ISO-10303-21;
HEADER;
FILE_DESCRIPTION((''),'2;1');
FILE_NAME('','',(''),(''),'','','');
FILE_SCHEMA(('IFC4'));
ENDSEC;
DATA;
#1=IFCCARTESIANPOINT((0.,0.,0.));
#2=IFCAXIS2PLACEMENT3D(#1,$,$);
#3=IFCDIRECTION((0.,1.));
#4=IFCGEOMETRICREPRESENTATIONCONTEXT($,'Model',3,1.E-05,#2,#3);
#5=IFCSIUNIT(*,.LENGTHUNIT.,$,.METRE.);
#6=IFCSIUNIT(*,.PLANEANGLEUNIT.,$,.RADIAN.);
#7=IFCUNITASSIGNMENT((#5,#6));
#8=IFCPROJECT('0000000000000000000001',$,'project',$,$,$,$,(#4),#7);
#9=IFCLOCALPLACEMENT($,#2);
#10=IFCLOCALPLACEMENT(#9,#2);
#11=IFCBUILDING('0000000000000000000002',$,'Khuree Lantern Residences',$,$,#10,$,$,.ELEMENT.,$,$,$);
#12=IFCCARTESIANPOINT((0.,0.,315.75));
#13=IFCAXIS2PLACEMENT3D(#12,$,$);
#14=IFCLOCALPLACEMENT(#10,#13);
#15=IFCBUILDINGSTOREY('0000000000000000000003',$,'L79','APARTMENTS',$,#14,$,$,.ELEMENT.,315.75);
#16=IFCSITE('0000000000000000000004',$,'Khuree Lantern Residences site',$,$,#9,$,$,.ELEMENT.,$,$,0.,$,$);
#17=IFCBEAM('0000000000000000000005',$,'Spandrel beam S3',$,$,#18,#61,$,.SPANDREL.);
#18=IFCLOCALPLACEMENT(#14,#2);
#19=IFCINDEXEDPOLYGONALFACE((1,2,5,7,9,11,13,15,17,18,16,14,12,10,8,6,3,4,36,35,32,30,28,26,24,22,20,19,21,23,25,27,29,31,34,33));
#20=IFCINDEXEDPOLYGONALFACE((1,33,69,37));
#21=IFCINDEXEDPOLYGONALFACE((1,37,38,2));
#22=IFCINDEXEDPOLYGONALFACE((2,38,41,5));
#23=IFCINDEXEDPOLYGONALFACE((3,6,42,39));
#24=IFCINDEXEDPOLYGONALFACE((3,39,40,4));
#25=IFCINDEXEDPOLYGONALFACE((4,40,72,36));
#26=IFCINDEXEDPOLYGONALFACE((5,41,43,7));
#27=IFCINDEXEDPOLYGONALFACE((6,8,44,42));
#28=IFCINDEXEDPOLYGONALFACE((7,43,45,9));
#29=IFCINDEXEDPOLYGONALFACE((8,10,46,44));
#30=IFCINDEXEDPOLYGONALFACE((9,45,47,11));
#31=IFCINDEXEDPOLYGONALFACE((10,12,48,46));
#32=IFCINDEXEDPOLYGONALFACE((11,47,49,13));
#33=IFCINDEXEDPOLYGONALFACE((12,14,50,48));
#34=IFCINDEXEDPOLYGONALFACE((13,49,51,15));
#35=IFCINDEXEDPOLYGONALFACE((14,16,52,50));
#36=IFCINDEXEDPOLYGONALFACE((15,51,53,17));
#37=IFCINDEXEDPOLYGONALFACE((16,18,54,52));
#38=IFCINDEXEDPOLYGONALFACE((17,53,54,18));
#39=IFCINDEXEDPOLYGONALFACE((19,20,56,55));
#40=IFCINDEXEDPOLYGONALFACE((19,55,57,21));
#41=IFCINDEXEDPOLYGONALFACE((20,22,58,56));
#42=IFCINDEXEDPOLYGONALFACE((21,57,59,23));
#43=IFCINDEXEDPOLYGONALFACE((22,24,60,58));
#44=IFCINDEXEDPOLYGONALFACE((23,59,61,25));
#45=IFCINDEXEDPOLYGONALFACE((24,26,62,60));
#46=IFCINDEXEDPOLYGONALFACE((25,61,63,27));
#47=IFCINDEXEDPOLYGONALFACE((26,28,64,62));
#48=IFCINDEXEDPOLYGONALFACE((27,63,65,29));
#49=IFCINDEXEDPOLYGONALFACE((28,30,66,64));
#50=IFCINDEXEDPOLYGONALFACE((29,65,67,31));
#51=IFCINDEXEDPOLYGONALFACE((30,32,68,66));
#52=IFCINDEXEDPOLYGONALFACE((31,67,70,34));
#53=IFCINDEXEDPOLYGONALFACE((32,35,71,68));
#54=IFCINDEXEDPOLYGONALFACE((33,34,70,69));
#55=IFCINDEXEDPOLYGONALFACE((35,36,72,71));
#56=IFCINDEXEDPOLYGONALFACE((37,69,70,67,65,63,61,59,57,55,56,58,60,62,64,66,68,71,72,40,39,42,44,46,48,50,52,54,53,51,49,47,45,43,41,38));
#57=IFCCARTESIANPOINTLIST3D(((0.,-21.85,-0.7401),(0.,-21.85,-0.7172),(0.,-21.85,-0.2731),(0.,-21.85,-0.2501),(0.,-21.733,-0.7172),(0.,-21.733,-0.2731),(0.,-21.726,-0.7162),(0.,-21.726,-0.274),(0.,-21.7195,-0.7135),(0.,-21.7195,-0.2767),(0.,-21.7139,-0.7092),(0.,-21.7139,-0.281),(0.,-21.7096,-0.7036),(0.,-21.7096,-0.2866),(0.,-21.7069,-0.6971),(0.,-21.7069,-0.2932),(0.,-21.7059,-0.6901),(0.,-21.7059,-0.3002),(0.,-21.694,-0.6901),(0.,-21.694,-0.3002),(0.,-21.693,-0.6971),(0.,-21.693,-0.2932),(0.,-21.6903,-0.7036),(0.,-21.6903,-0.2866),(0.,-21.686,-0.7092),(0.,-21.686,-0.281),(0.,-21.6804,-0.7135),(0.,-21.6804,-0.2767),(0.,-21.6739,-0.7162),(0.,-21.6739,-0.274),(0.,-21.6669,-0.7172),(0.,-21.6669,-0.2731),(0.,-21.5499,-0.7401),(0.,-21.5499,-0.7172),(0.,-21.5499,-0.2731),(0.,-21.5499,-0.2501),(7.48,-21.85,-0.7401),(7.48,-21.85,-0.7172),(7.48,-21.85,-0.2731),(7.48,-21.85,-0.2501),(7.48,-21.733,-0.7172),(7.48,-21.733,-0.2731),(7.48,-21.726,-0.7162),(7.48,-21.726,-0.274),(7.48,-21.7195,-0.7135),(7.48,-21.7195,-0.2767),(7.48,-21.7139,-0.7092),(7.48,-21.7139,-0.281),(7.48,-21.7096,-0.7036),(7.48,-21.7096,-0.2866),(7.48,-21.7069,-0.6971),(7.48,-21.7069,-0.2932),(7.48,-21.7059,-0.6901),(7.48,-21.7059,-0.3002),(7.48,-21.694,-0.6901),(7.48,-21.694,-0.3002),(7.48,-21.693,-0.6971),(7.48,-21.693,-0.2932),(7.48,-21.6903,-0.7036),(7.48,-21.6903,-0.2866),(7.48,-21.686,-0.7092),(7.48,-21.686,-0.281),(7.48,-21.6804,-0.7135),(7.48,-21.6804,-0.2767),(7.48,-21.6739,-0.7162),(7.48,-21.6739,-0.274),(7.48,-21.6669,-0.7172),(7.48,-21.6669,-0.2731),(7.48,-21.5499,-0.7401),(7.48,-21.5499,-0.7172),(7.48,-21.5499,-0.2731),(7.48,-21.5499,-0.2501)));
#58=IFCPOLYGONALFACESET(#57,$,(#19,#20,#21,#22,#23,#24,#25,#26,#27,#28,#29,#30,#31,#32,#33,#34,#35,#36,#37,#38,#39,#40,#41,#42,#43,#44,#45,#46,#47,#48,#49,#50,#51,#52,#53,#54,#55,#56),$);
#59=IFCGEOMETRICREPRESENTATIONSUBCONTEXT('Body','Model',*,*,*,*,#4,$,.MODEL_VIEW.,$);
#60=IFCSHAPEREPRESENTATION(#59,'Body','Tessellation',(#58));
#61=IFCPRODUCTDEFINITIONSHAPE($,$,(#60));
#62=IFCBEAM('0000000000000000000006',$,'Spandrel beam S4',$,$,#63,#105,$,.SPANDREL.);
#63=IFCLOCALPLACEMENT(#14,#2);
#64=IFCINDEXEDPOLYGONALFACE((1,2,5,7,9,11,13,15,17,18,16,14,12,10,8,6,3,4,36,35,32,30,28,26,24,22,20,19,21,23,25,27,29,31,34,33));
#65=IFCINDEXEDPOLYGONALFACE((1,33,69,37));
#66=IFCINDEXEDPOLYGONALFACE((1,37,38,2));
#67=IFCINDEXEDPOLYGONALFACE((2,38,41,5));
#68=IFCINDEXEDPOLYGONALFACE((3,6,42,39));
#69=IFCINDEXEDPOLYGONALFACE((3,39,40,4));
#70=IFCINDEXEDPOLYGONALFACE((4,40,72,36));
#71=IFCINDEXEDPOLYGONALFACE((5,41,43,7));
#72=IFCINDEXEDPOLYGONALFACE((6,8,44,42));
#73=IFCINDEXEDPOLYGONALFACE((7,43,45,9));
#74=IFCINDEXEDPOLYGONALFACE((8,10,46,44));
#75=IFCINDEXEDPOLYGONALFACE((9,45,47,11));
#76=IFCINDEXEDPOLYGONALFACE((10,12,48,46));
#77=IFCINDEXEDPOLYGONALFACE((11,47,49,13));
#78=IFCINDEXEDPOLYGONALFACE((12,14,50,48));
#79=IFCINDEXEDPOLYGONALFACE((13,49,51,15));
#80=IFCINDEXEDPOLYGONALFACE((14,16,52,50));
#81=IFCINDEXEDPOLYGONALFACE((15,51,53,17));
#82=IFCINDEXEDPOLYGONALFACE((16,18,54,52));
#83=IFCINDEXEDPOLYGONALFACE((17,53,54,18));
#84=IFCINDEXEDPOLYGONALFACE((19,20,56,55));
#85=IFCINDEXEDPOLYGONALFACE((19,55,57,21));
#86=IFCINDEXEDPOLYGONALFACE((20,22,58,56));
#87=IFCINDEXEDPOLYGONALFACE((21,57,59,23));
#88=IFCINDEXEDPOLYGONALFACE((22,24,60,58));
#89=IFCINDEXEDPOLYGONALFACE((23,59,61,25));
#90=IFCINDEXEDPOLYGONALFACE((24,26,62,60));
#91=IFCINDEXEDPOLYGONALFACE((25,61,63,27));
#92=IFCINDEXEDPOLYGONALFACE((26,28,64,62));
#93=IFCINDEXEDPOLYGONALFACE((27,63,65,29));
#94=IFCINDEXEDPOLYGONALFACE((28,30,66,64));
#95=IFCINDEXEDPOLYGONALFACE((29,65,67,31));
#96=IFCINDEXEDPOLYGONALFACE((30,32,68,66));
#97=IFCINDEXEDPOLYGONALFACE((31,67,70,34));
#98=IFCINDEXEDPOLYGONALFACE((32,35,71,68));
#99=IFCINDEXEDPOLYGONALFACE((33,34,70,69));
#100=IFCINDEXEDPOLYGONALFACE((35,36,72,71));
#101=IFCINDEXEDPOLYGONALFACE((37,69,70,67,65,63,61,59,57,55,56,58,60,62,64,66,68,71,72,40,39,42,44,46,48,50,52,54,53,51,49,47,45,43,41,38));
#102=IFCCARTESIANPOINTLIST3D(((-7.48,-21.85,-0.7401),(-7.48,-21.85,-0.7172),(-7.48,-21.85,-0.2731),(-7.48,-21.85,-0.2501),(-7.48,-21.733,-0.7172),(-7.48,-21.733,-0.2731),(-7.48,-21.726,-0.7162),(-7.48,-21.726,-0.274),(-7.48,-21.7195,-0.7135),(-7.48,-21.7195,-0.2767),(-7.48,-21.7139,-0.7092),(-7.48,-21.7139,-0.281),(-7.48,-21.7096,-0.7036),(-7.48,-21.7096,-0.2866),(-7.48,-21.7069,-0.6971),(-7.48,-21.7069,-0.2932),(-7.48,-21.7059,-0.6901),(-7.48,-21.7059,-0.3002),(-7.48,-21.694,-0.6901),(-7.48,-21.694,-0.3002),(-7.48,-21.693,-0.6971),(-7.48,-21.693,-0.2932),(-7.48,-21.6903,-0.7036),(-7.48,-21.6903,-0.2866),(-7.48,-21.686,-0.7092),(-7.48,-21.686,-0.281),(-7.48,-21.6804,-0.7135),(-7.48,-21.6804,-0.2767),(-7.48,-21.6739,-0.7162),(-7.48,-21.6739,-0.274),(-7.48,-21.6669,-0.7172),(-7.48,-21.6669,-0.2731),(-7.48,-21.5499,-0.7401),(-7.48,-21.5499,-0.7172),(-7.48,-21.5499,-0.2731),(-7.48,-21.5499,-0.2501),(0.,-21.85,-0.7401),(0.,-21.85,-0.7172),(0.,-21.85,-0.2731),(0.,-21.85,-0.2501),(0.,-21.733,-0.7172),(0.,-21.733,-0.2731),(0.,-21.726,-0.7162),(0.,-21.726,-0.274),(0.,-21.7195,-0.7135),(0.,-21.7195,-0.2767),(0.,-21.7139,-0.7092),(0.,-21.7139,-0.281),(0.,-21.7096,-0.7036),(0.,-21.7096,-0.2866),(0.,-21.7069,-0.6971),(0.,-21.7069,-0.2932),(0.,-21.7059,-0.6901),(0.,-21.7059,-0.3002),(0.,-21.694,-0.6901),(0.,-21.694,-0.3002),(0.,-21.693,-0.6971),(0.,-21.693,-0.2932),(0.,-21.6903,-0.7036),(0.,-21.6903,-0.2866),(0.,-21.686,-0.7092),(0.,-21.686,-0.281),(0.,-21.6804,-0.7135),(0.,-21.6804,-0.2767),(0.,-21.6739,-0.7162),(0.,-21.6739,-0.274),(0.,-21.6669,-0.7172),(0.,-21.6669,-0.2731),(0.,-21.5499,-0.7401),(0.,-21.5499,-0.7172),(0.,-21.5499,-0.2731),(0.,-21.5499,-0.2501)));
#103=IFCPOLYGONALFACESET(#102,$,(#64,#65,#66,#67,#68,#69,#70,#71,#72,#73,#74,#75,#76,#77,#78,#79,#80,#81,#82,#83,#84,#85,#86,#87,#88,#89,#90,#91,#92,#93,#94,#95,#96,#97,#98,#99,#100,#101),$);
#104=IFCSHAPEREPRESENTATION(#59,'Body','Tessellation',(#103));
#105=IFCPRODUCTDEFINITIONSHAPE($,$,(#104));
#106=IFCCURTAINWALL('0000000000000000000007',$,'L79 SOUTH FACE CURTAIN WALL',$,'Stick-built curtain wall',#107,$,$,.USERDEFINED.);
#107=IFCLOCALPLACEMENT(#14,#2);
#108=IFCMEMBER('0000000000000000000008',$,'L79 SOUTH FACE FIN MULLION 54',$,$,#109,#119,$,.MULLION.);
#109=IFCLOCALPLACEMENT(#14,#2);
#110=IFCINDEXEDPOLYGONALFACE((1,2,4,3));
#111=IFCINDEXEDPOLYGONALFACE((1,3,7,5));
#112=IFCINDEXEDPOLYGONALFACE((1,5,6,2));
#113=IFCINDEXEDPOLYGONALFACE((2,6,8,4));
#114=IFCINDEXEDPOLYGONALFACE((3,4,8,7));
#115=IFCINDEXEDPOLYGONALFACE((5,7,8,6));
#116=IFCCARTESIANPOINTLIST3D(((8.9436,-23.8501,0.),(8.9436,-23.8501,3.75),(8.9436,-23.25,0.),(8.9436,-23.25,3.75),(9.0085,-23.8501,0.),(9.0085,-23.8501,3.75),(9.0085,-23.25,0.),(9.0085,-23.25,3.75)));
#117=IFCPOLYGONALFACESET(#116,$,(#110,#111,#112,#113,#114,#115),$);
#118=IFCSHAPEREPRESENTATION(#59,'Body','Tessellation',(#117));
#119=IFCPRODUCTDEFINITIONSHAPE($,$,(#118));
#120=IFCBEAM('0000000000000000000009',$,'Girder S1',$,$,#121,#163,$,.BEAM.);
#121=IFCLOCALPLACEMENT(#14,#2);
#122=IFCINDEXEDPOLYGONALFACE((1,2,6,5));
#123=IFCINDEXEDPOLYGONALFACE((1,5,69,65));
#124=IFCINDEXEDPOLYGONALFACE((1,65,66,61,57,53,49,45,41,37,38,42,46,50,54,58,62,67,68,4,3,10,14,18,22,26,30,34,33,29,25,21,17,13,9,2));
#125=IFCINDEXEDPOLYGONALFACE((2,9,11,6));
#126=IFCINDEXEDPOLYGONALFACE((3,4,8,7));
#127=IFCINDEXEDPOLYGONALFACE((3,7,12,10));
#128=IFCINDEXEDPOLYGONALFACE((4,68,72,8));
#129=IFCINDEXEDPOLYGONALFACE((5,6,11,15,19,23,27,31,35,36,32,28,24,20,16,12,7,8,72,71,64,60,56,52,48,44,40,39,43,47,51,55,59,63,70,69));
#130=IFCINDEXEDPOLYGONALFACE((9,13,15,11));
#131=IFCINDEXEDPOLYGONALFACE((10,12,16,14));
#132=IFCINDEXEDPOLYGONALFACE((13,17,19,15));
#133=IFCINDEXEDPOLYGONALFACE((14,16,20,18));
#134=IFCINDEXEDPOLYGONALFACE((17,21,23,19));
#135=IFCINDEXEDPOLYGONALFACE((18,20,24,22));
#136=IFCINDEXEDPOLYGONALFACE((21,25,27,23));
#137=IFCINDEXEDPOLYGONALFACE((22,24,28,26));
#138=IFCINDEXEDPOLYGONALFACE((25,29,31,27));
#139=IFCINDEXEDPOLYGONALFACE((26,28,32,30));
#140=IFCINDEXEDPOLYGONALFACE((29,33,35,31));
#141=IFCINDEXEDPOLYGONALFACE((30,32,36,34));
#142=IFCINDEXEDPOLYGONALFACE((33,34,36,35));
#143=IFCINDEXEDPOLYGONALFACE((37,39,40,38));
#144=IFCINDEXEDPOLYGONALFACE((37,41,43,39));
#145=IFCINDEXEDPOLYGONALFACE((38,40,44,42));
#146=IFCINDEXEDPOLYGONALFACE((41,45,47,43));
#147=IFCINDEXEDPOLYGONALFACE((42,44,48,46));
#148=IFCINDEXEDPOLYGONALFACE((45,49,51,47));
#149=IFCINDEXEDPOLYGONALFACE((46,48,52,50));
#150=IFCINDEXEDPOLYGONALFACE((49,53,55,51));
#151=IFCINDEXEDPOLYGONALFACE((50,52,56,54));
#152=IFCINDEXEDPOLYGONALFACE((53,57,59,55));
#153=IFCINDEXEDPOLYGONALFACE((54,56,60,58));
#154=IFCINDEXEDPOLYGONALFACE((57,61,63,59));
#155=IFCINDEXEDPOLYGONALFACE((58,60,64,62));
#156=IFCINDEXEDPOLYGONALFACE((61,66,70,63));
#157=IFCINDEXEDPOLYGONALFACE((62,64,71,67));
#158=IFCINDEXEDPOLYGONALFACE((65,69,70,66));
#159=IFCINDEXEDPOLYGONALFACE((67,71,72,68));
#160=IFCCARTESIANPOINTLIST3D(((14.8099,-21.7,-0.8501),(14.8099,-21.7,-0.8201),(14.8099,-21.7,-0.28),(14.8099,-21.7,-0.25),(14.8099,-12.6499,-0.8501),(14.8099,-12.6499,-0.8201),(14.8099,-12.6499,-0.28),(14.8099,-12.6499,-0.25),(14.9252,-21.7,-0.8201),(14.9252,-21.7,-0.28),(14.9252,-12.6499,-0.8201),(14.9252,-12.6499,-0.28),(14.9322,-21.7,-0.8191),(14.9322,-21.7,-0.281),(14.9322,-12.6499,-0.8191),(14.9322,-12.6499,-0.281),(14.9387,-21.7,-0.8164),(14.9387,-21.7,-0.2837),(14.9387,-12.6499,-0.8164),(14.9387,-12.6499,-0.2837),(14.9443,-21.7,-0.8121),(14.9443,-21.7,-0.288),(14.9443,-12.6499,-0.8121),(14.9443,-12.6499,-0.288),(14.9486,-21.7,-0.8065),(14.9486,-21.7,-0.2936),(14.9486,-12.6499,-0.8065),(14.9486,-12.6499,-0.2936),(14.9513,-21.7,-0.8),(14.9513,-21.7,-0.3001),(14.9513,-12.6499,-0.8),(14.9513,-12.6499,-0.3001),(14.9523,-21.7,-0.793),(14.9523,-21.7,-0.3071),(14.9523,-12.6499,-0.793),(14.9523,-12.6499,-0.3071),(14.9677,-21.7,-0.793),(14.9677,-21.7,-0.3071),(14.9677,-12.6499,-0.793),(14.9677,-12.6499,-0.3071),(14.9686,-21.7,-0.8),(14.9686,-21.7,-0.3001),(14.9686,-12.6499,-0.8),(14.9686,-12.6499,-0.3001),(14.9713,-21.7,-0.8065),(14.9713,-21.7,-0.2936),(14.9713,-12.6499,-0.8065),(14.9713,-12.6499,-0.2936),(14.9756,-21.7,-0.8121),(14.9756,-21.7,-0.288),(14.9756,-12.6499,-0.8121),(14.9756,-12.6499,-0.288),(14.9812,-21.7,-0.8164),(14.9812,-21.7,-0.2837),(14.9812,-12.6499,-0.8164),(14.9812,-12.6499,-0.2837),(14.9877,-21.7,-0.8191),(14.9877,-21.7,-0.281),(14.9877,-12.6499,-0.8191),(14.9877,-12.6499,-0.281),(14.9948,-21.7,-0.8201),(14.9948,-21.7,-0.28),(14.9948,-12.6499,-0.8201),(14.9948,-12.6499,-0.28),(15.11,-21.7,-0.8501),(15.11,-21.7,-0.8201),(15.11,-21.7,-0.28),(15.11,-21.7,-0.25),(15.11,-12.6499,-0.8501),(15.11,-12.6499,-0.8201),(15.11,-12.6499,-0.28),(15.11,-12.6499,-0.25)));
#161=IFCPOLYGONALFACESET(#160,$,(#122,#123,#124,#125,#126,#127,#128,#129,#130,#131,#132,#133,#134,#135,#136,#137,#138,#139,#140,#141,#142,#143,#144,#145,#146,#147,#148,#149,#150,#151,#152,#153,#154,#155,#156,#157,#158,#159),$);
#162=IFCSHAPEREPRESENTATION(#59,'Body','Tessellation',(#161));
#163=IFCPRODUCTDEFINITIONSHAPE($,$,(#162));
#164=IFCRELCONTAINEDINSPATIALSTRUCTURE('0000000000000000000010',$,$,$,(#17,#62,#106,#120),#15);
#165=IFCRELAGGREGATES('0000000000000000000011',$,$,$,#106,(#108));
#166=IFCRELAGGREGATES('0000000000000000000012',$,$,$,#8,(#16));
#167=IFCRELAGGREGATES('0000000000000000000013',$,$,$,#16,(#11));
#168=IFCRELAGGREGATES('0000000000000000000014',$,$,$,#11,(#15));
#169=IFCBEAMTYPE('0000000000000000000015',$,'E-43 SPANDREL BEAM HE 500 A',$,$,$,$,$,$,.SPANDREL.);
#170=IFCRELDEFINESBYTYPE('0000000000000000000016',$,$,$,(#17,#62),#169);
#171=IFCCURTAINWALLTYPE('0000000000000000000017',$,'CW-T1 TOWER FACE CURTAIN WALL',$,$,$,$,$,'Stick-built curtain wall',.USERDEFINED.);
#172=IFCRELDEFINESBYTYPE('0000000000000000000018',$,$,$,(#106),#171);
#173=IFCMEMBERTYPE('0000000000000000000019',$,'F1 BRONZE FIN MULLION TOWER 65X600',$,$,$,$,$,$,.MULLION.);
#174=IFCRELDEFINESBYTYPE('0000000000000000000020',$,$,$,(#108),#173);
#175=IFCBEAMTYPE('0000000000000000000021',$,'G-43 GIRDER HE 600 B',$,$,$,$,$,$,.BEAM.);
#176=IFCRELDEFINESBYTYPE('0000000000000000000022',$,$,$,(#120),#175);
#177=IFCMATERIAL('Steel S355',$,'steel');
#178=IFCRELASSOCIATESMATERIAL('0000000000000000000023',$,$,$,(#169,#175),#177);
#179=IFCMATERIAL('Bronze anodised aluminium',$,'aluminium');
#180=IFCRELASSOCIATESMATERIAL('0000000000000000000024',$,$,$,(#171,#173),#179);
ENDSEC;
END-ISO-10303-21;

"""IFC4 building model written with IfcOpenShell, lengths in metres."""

from ifc_helpers import new_model, si_unit, direction, frame, origin, origin_2d, place, context, subcontext, project, spatial, rectangle, i_section, extrude, material, material_profile, profile_set, type_object, element, aggregate, save


model = new_model("IFC4")

# Units and contexts
model_context = context("Model", 3, precision=1e-05, world=origin(), true_north=direction((0.0, 1.0)))
body_context = subcontext(model_context, "Body", "Model", "MODEL_VIEW")
ifc_project = project(units=[si_unit("LENGTHUNIT", "METRE"), si_unit("PLANEANGLEUNIT", "RADIAN")], contexts=[model_context])

# Site, building, storey
site_placement = place(None, origin())
site = spatial("IfcSite", under=ifc_project, at=site_placement, Name="Khuree Lantern Residences site", CompositionType="ELEMENT", RefElevation=0.0)
building_placement = place(site_placement, origin())
building = spatial("IfcBuilding", under=site, at=building_placement, Name="Khuree Lantern Residences", CompositionType="ELEMENT")
storey_placement = place(building_placement, frame((0.0, 0.0, 315.75)))
storey = spatial("IfcBuildingStorey", under=building, at=storey_placement, Name="L79", Description="APARTMENTS", CompositionType="ELEMENT", Elevation=315.75)

# Beams
ifc_material_1 = material(Name="Steel S355", Category="steel")
ifc_material_profile_1 = material_profile(ifc_material_1, i_section(OverallWidth=0.3, OverallDepth=0.49, WebThickness=0.012, FlangeThickness=0.0229, FilletRadius=0.0271, at=origin_2d()), Name="HE 500 A")
ifc_profile_set_1 = profile_set([ifc_material_profile_1], Name="Steel S355")
beam_type_1 = type_object("IfcBeamType", Name="E-43 SPANDREL BEAM HE 500 A", PredefinedType="SPANDREL", material=ifc_profile_set_1)
for number, where, z_axis, x_axis, name in (
    (1, (7.48, -21.7, -0.4951), (-1.0, 0.0, 0.0), (0.0, -1.0, 0.0), "Spandrel beam S3"),
    (2, (0.0, -21.7, -0.4951), (-1.0, 0.0, 0.0), (0.0, -1.0, 0.0), "Spandrel beam S4"),
):
    element("IfcBeam", number, at=place(storey_placement, frame(where, z_axis=z_axis, x_axis=x_axis)), inside=storey, type_object=beam_type_1, Name=name, PredefinedType="SPANDREL", context=body_context, shape_type="SweptSolid", body=[
        extrude(i_section(OverallWidth=0.3, OverallDepth=0.49, WebThickness=0.012, FlangeThickness=0.0229, FilletRadius=0.0271, at=origin_2d()), origin(), (0.0, 0.0, 1.0), 7.48),
    ])

# Curtain wall, member
ifc_material_2 = material(Name="Bronze anodised aluminium", Category="aluminium")
curtain_wall_type = type_object("IfcCurtainWallType", Name="CW-T1 TOWER FACE CURTAIN WALL", ElementType="Stick-built curtain wall", PredefinedType="USERDEFINED", material=ifc_material_2)
curtain_wall_placement = place(storey_placement, origin())
curtain_wall = element("IfcCurtainWall", 3, at=curtain_wall_placement, inside=storey, type_object=curtain_wall_type, Name="L79 SOUTH FACE CURTAIN WALL", ObjectType="Stick-built curtain wall", PredefinedType="USERDEFINED")
ifc_material_profile_2 = material_profile(ifc_material_2, rectangle(XDim=0.0649, YDim=0.6001, at=origin_2d()), Name="F1 65X600")
ifc_profile_set_2 = profile_set([ifc_material_profile_2], Name="Bronze anodised aluminium")
member_type_1 = type_object("IfcMemberType", Name="F1 BRONZE FIN MULLION TOWER 65X600", PredefinedType="MULLION", material=ifc_profile_set_2)
member_1_placement = place(storey_placement, frame((8.9761, -23.55, 0.0), z_axis=(0.0, 0.0, 1.0), x_axis=(1.0, 0.0, 0.0)))
member_1 = element("IfcMember", 4, at=member_1_placement, type_object=member_type_1, Name="L79 SOUTH FACE FIN MULLION 54", PredefinedType="MULLION", context=body_context, shape_type="SweptSolid", body=[
    extrude(rectangle(XDim=0.0649, YDim=0.6001, at=origin_2d()), origin(), (0.0, 0.0, 1.0), 3.75),
])

# Beam
ifc_material_profile_3 = material_profile(ifc_material_1, i_section(OverallWidth=0.3, OverallDepth=0.6001, WebThickness=0.0154, FlangeThickness=0.03, FilletRadius=0.0271, at=origin_2d()), Name="HE 600 B")
ifc_profile_set_3 = profile_set([ifc_material_profile_3], Name="Steel S355")
beam_type_2 = type_object("IfcBeamType", Name="G-43 GIRDER HE 600 B", PredefinedType="BEAM", material=ifc_profile_set_3)
for number, where, z_axis, x_axis, name in (
    (5, (14.96, -21.7, -0.55), (0.0, 1.0, 0.0), (-1.0, 0.0, 0.0), "Girder S1"),
):
    element("IfcBeam", number, at=place(storey_placement, frame(where, z_axis=z_axis, x_axis=x_axis)), inside=storey, type_object=beam_type_2, Name=name, PredefinedType="BEAM", context=body_context, shape_type="SweptSolid", body=[
        extrude(i_section(OverallWidth=0.3, OverallDepth=0.6001, WebThickness=0.0154, FlangeThickness=0.03, FilletRadius=0.0271, at=origin_2d()), origin(), (0.0, 0.0, 1.0), 9.05),
    ])

aggregate(curtain_wall, [member_1])

save(model, "model.ifc")
